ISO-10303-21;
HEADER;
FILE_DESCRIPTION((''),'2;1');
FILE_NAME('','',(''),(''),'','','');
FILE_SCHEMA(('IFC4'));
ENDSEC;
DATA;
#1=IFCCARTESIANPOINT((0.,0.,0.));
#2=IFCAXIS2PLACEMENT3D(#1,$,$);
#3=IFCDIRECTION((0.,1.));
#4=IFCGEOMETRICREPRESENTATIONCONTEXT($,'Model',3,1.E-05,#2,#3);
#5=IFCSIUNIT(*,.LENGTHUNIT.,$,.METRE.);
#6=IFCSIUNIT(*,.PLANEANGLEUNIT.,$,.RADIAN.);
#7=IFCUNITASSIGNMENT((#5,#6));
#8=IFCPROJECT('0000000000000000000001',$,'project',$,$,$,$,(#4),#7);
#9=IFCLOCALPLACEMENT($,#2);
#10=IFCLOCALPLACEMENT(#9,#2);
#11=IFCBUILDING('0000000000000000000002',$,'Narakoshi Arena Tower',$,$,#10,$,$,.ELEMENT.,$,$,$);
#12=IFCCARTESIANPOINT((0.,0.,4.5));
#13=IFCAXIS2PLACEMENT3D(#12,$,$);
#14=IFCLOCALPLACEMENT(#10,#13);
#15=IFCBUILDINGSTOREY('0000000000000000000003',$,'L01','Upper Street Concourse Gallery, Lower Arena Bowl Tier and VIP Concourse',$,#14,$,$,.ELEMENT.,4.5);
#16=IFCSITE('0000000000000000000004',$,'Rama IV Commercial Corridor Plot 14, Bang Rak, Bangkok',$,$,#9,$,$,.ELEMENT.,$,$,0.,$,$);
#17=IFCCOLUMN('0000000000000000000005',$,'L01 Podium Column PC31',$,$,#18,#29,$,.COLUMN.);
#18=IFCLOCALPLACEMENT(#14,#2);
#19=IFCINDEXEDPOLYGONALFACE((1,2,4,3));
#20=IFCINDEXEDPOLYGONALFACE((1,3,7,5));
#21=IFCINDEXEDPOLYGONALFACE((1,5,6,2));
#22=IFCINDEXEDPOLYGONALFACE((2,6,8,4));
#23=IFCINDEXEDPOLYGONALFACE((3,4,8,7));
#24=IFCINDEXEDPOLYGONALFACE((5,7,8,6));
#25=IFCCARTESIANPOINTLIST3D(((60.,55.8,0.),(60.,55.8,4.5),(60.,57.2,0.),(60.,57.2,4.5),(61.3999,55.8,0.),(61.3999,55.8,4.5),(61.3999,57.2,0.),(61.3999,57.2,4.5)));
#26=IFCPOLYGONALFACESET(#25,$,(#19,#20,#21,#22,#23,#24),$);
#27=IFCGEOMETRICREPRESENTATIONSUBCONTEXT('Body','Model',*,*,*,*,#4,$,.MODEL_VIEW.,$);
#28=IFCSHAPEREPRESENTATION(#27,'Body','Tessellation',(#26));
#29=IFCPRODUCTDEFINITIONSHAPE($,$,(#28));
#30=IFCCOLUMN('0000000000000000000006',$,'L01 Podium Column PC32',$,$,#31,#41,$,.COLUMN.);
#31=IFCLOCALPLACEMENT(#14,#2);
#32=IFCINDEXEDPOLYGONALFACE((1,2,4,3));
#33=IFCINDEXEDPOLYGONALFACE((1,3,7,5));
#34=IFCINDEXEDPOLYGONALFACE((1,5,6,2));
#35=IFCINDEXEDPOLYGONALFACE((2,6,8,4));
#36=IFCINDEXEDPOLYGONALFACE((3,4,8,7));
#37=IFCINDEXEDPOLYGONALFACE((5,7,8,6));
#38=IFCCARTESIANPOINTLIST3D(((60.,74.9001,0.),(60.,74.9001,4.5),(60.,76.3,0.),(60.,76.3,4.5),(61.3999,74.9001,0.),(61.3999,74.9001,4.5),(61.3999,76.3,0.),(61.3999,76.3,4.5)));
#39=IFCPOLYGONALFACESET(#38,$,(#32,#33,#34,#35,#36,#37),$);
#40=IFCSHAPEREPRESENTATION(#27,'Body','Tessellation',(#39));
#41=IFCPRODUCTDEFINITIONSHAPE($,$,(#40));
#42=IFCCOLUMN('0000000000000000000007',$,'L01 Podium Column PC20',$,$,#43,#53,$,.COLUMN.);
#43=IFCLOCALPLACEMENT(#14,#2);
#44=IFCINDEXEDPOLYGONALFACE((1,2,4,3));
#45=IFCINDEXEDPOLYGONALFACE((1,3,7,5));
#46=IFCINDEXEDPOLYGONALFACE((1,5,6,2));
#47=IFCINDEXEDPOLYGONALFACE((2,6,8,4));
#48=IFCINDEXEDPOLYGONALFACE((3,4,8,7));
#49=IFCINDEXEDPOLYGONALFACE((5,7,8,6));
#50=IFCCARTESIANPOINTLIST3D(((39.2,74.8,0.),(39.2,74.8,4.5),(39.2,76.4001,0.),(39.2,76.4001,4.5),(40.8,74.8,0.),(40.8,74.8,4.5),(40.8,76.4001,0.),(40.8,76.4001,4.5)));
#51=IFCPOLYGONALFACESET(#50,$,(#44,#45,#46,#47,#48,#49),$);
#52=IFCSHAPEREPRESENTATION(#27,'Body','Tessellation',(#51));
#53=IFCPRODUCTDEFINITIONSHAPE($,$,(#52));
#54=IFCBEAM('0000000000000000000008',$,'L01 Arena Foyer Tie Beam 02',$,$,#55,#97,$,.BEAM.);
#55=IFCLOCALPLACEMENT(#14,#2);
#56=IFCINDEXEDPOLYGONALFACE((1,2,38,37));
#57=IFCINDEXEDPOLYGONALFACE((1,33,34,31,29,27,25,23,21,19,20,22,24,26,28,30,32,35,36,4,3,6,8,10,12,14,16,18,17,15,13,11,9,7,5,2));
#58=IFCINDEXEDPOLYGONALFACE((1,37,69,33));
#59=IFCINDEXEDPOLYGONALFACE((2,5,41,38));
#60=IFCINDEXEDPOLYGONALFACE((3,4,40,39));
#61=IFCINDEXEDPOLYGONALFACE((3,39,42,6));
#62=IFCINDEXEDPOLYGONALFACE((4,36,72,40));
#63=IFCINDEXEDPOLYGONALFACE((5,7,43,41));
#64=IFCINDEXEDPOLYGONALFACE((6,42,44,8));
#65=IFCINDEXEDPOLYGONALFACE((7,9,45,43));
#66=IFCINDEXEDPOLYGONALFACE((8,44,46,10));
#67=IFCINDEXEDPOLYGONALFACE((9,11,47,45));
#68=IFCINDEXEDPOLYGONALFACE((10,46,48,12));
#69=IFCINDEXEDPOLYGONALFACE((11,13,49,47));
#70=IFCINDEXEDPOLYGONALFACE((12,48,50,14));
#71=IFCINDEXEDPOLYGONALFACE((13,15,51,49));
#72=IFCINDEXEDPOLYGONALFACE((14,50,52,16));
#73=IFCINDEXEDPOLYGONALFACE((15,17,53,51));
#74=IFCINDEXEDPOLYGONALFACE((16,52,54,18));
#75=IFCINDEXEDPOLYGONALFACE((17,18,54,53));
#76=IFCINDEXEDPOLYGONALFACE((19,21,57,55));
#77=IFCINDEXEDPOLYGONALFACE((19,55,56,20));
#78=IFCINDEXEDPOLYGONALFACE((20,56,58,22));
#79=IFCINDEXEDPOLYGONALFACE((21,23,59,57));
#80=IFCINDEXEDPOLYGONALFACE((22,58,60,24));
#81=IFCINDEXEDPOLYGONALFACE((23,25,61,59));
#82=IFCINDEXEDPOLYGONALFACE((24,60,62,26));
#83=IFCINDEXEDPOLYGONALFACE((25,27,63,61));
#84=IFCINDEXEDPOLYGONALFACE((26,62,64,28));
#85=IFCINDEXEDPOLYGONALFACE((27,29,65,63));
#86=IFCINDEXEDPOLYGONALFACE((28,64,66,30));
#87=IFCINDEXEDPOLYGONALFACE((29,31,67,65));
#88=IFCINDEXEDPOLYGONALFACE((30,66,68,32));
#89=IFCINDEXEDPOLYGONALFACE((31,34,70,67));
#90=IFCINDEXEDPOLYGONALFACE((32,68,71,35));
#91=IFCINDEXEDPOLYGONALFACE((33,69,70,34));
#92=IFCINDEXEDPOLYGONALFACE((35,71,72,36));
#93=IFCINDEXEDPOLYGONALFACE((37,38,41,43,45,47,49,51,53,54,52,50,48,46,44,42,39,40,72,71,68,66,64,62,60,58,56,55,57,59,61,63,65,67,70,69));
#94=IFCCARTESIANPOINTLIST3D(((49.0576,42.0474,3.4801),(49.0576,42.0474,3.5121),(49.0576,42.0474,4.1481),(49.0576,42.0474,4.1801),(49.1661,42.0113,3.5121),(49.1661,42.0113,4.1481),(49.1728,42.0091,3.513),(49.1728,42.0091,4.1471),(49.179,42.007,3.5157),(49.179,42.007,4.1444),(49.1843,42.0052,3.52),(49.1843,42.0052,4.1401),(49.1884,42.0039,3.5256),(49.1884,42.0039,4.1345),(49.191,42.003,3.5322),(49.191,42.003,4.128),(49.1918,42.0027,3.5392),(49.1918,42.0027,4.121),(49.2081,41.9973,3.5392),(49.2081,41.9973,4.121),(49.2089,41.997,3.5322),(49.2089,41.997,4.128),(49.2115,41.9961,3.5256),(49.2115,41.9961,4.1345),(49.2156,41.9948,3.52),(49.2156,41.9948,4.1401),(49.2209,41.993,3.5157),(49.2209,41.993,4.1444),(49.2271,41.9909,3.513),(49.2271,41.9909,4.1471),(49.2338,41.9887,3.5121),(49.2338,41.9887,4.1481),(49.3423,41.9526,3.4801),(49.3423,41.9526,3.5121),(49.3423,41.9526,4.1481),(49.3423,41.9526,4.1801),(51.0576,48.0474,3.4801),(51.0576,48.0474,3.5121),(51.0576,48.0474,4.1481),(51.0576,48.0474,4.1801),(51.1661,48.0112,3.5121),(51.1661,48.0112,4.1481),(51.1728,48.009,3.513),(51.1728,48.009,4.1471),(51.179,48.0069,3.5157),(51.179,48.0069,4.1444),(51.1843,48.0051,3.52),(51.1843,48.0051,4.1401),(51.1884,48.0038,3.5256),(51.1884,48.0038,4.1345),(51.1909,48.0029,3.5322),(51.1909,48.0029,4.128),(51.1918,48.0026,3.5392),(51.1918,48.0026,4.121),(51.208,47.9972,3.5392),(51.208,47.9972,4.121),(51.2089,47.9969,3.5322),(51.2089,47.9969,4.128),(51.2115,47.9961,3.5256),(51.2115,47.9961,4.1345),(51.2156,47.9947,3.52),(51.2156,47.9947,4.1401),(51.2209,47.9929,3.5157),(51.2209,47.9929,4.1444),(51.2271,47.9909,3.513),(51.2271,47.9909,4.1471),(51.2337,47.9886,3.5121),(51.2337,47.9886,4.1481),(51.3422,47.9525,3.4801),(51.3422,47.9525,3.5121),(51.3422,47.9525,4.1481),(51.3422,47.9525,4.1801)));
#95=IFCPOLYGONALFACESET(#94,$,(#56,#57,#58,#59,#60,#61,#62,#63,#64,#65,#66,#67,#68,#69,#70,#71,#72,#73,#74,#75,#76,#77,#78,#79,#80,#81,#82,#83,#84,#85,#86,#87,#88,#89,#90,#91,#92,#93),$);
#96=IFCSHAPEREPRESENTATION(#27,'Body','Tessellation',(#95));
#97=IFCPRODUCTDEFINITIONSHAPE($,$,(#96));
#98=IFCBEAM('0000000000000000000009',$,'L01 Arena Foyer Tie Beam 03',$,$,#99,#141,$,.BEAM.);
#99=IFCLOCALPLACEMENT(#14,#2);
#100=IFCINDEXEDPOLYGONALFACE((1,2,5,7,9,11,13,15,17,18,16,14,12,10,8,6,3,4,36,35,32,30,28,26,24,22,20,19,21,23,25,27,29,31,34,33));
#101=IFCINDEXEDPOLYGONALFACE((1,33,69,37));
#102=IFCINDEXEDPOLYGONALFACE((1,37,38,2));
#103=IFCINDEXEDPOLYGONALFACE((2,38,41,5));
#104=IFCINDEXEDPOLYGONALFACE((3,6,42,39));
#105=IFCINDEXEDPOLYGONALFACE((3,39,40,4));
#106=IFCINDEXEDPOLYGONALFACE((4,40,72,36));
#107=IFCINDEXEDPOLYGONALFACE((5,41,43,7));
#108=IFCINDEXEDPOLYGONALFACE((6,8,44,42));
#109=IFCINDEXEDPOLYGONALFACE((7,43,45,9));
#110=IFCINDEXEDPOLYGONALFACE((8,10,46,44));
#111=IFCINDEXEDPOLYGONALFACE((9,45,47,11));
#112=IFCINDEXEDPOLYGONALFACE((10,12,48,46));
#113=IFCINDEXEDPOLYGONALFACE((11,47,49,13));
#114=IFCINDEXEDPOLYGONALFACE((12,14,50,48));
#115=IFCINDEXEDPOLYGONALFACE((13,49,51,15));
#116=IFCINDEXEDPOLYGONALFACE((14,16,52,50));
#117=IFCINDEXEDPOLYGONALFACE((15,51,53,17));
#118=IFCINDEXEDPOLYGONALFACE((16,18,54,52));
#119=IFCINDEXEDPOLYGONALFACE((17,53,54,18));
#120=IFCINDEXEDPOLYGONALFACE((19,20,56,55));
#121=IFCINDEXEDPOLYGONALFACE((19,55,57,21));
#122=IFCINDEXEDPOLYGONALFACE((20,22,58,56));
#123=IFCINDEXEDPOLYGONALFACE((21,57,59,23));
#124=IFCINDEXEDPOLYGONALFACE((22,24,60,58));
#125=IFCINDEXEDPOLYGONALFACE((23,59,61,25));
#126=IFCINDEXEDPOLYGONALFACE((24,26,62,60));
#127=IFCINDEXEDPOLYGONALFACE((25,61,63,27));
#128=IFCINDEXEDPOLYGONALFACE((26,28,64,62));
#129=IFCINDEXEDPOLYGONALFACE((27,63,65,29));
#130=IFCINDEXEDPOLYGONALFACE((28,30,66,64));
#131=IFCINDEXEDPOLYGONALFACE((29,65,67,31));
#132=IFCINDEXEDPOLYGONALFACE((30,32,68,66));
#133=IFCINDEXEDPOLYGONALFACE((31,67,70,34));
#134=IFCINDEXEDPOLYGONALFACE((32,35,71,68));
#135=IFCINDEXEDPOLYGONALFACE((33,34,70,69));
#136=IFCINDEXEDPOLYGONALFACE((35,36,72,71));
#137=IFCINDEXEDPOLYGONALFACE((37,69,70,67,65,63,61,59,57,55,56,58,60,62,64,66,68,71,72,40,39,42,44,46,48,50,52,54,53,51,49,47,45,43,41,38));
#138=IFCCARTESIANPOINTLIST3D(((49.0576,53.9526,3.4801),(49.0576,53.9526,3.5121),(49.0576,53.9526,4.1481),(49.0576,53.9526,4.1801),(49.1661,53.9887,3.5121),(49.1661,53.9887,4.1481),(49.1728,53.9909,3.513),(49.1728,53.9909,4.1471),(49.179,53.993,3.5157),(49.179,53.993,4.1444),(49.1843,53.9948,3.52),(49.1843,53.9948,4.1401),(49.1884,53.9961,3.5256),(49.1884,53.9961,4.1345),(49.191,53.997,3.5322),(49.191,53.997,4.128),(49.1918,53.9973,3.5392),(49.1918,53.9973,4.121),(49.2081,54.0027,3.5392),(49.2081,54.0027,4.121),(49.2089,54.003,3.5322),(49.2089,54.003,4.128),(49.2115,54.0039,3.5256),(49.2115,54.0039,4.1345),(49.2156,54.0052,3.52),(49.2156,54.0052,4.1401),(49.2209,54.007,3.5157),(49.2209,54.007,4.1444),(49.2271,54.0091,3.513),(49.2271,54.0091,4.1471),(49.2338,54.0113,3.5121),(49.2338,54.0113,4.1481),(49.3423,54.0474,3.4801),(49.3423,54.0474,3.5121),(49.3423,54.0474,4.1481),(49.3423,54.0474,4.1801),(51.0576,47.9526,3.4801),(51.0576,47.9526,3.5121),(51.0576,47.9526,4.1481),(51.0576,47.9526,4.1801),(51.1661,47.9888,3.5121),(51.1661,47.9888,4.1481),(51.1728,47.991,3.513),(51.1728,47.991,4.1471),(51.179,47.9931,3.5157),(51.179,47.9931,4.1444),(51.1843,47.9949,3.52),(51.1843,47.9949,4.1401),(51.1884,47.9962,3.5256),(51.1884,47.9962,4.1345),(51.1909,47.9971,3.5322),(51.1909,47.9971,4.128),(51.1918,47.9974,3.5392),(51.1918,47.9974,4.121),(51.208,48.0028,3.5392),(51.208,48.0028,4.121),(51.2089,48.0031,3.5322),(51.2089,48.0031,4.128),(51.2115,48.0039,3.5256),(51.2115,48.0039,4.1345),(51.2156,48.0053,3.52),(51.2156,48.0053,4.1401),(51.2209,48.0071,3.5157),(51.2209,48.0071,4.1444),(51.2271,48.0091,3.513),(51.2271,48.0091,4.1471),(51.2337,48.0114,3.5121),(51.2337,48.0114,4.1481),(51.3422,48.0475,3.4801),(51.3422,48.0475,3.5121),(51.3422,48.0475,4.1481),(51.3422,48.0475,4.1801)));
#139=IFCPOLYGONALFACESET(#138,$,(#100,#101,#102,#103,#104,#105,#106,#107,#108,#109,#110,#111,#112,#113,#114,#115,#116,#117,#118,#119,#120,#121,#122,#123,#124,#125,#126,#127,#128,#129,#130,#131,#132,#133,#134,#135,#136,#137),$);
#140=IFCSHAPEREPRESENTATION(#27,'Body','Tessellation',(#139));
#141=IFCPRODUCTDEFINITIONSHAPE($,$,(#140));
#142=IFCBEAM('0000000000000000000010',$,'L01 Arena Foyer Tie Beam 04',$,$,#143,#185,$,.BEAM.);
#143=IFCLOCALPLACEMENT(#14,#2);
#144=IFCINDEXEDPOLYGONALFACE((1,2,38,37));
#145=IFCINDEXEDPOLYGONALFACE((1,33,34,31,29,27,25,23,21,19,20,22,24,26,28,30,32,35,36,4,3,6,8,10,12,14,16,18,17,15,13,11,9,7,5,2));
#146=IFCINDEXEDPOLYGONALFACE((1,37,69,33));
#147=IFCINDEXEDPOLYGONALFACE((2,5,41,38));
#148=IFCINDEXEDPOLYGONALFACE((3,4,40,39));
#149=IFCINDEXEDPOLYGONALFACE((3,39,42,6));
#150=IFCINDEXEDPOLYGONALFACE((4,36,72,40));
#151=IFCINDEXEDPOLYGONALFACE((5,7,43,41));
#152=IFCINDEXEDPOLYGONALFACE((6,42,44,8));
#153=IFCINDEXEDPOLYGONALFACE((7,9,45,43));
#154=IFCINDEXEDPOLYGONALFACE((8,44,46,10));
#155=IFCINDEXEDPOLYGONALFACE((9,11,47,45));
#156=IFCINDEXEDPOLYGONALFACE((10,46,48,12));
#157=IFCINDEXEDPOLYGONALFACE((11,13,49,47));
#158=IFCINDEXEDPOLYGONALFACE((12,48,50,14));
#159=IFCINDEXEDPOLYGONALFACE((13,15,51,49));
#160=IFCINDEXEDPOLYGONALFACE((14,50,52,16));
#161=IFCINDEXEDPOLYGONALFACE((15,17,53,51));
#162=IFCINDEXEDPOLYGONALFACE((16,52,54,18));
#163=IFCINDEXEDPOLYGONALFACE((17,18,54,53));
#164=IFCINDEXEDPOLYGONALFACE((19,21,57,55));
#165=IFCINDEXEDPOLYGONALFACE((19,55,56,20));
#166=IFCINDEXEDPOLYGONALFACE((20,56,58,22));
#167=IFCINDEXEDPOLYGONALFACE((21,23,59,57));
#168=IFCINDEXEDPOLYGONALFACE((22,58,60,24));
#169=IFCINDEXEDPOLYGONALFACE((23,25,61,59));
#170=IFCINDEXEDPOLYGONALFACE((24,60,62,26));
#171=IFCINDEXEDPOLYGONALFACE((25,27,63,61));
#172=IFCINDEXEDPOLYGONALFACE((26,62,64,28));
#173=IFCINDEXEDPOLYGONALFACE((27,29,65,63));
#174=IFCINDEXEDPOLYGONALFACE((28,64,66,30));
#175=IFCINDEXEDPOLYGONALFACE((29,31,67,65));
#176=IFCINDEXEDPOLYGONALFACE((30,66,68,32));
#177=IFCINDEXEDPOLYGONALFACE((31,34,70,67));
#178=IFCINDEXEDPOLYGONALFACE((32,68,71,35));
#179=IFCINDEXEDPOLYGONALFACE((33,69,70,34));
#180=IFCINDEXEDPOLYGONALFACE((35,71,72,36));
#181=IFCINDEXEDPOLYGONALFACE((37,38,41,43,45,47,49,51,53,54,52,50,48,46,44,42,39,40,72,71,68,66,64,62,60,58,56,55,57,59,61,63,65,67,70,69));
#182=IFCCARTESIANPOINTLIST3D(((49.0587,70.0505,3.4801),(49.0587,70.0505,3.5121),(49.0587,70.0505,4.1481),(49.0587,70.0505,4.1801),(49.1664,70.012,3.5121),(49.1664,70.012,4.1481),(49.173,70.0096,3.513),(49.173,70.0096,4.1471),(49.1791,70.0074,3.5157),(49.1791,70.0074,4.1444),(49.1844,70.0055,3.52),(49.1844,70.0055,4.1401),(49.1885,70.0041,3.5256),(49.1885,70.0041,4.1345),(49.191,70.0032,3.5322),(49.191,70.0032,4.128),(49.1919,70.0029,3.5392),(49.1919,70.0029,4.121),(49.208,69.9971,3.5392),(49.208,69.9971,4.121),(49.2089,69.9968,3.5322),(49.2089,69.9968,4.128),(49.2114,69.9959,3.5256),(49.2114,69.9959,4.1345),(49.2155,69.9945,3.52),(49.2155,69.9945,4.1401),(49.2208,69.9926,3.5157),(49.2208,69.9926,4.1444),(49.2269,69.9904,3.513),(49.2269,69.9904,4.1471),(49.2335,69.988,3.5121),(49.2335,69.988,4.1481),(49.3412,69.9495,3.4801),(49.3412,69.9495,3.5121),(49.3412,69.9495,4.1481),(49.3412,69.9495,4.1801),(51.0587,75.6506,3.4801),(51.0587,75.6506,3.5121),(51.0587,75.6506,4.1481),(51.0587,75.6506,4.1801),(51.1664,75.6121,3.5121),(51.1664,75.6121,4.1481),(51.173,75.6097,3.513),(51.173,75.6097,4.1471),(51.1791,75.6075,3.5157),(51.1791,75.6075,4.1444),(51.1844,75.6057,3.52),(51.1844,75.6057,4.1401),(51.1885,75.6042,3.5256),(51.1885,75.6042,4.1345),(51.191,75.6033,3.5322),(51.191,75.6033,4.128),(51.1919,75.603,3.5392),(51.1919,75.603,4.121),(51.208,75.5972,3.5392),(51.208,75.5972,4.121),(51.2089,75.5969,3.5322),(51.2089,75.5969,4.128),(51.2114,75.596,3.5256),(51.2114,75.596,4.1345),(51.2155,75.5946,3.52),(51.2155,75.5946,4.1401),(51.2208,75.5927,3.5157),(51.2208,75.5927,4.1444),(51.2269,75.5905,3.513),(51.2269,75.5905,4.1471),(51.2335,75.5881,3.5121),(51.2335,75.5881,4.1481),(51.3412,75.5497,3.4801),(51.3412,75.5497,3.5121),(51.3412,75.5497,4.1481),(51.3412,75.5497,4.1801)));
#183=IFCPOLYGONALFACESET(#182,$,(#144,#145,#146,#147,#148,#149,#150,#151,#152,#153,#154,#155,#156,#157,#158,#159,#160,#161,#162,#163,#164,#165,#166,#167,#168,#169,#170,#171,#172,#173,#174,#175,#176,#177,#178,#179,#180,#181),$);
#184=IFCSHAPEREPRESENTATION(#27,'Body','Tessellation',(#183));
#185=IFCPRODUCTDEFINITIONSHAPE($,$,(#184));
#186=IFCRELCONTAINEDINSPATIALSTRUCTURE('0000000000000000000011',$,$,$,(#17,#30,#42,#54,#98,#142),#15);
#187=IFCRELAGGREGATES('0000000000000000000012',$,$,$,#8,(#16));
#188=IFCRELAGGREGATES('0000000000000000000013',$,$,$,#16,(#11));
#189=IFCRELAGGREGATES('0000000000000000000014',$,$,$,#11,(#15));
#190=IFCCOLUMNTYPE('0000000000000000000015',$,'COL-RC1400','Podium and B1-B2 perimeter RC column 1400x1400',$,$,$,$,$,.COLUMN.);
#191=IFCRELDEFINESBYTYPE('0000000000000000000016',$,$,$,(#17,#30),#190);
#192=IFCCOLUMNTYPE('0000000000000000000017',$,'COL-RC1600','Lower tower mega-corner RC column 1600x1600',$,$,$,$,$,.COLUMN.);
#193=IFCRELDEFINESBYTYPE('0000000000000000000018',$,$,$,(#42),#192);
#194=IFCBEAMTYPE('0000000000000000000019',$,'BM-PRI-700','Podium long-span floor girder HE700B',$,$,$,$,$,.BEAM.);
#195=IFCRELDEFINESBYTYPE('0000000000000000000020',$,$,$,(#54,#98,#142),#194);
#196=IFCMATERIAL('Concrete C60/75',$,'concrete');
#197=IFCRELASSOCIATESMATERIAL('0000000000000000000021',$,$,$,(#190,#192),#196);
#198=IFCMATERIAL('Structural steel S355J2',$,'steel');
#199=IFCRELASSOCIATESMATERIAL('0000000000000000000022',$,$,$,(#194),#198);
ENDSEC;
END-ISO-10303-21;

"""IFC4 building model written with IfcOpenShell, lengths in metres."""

from ifc_helpers import new_model, si_unit, direction, frame, origin, origin_2d, place, context, subcontext, project, spatial, rectangle, i_section, extrude, material, material_profile, profile_set, type_object, element, save


model = new_model("IFC4")

# Units and contexts
model_context = context("Model", 3, precision=1e-05, world=origin(), true_north=direction((0.0, 1.0)))
body_context = subcontext(model_context, "Body", "Model", "MODEL_VIEW")
ifc_project = project(units=[si_unit("LENGTHUNIT", "METRE"), si_unit("PLANEANGLEUNIT", "RADIAN")], contexts=[model_context])

# Site, building, storey
site_placement = place(None, origin())
site = spatial("IfcSite", under=ifc_project, at=site_placement, Name="Rama IV Commercial Corridor Plot 14, Bang Rak, Bangkok", CompositionType="ELEMENT", RefElevation=0.0)
building_placement = place(site_placement, origin())
building = spatial("IfcBuilding", under=site, at=building_placement, Name="Narakoshi Arena Tower", CompositionType="ELEMENT")
storey_placement = place(building_placement, frame((0.0, 0.0, 4.5)))
storey = spatial("IfcBuildingStorey", under=building, at=storey_placement, Name="L01", Description="Upper Street Concourse Gallery, Lower Arena Bowl Tier and VIP Concourse", CompositionType="ELEMENT", Elevation=4.5)

# Columns
ifc_material_1 = material(Name="Concrete C60/75", Category="concrete")
ifc_material_profile_1 = material_profile(ifc_material_1, rectangle(XDim=1.3999, YDim=1.3999, at=origin_2d()), Name="RC1400x1400")
ifc_profile_set_1 = profile_set([ifc_material_profile_1], Name="Concrete C60/75")
column_type_1 = type_object("IfcColumnType", Name="COL-RC1400", Description="Podium and B1-B2 perimeter RC column 1400x1400", PredefinedType="COLUMN", material=ifc_profile_set_1)
for number, where, z_axis, x_axis, name in (
    (1, (60.7, 56.5, 0.0), (0.0, 0.0, 1.0), (1.0, 0.0, 0.0), "L01 Podium Column PC31"),
    (2, (60.7, 75.6001, 0.0), (0.0, 0.0, 1.0), (1.0, 0.0, 0.0), "L01 Podium Column PC32"),
):
    element("IfcColumn", number, at=place(storey_placement, frame(where, z_axis=z_axis, x_axis=x_axis)), inside=storey, type_object=column_type_1, Name=name, PredefinedType="COLUMN", context=body_context, shape_type="SweptSolid", body=[
        extrude(rectangle(XDim=1.3999, YDim=1.3999, at=origin_2d()), origin(), (0.0, 0.0, 1.0), 4.5),
    ])
ifc_material_profile_2 = material_profile(ifc_material_1, rectangle(XDim=1.6001, YDim=1.6001, at=origin_2d()), Name="RC1600x1600")
ifc_profile_set_2 = profile_set([ifc_material_profile_2], Name="Concrete C60/75")
column_type_2 = type_object("IfcColumnType", Name="COL-RC1600", Description="Lower tower mega-corner RC column 1600x1600", PredefinedType="COLUMN", material=ifc_profile_set_2)
column_1_placement = place(storey_placement, frame((40.0, 75.6001, 0.0), z_axis=(0.0, 0.0, 1.0), x_axis=(1.0, 0.0, 0.0)))
element("IfcColumn", 3, at=column_1_placement, inside=storey, type_object=column_type_2, Name="L01 Podium Column PC20", PredefinedType="COLUMN", context=body_context, shape_type="SweptSolid", body=[
    extrude(rectangle(XDim=1.6001, YDim=1.6001, at=origin_2d()), origin(), (0.0, 0.0, 1.0), 4.5),
])

# Beams
ifc_material_2 = material(Name="Structural steel S355J2", Category="steel")
ifc_material_profile_3 = material_profile(ifc_material_2, i_section(OverallWidth=0.3, OverallDepth=0.7, WebThickness=0.0171, FlangeThickness=0.032, FilletRadius=0.0271, at=origin_2d()), Name="HE700B")
ifc_profile_set_3 = profile_set([ifc_material_profile_3], Name="Structural steel S355J2")
beam_type_1 = type_object("IfcBeamType", Name="BM-PRI-700", Description="Podium long-span floor girder HE700B", PredefinedType="BEAM", material=ifc_profile_set_3)
for number, where, z_axis, x_axis, name in (
    (4, (49.2, 42.0, 3.8301), (0.316228, 0.948683, 0.0), (-0.948683, 0.316228, 0.0), "L01 Arena Foyer Tie Beam 02"),
    (5, (49.2, 54.0, 3.8301), (0.316228, -0.948683, 0.0), (0.948683, 0.316228, 0.0), "L01 Arena Foyer Tie Beam 03"),
):
    element("IfcBeam", number, at=place(storey_placement, frame(where, z_axis=z_axis, x_axis=x_axis)), inside=storey, type_object=beam_type_1, Name=name, PredefinedType="BEAM", context=body_context, shape_type="SweptSolid", body=[
        extrude(i_section(OverallWidth=0.3, OverallDepth=0.7, WebThickness=0.0171, FlangeThickness=0.032, FilletRadius=0.0271, at=origin_2d()), origin(), (0.0, 0.0, 1.0), 6.3245),
    ])
beam_1_placement = place(storey_placement, frame((49.2, 70.0, 3.8301), z_axis=(0.336331, 0.941744, 0.0), x_axis=(-0.941744, 0.336331, 0.0)))
element("IfcBeam", 6, at=beam_1_placement, inside=storey, type_object=beam_type_1, Name="L01 Arena Foyer Tie Beam 04", PredefinedType="BEAM", context=body_context, shape_type="SweptSolid", body=[
    extrude(i_section(OverallWidth=0.3, OverallDepth=0.7, WebThickness=0.0171, FlangeThickness=0.032, FilletRadius=0.0271, at=origin_2d()), origin(), (0.0, 0.0, 1.0), 5.9465),
])

save(model, "model.ifc")
